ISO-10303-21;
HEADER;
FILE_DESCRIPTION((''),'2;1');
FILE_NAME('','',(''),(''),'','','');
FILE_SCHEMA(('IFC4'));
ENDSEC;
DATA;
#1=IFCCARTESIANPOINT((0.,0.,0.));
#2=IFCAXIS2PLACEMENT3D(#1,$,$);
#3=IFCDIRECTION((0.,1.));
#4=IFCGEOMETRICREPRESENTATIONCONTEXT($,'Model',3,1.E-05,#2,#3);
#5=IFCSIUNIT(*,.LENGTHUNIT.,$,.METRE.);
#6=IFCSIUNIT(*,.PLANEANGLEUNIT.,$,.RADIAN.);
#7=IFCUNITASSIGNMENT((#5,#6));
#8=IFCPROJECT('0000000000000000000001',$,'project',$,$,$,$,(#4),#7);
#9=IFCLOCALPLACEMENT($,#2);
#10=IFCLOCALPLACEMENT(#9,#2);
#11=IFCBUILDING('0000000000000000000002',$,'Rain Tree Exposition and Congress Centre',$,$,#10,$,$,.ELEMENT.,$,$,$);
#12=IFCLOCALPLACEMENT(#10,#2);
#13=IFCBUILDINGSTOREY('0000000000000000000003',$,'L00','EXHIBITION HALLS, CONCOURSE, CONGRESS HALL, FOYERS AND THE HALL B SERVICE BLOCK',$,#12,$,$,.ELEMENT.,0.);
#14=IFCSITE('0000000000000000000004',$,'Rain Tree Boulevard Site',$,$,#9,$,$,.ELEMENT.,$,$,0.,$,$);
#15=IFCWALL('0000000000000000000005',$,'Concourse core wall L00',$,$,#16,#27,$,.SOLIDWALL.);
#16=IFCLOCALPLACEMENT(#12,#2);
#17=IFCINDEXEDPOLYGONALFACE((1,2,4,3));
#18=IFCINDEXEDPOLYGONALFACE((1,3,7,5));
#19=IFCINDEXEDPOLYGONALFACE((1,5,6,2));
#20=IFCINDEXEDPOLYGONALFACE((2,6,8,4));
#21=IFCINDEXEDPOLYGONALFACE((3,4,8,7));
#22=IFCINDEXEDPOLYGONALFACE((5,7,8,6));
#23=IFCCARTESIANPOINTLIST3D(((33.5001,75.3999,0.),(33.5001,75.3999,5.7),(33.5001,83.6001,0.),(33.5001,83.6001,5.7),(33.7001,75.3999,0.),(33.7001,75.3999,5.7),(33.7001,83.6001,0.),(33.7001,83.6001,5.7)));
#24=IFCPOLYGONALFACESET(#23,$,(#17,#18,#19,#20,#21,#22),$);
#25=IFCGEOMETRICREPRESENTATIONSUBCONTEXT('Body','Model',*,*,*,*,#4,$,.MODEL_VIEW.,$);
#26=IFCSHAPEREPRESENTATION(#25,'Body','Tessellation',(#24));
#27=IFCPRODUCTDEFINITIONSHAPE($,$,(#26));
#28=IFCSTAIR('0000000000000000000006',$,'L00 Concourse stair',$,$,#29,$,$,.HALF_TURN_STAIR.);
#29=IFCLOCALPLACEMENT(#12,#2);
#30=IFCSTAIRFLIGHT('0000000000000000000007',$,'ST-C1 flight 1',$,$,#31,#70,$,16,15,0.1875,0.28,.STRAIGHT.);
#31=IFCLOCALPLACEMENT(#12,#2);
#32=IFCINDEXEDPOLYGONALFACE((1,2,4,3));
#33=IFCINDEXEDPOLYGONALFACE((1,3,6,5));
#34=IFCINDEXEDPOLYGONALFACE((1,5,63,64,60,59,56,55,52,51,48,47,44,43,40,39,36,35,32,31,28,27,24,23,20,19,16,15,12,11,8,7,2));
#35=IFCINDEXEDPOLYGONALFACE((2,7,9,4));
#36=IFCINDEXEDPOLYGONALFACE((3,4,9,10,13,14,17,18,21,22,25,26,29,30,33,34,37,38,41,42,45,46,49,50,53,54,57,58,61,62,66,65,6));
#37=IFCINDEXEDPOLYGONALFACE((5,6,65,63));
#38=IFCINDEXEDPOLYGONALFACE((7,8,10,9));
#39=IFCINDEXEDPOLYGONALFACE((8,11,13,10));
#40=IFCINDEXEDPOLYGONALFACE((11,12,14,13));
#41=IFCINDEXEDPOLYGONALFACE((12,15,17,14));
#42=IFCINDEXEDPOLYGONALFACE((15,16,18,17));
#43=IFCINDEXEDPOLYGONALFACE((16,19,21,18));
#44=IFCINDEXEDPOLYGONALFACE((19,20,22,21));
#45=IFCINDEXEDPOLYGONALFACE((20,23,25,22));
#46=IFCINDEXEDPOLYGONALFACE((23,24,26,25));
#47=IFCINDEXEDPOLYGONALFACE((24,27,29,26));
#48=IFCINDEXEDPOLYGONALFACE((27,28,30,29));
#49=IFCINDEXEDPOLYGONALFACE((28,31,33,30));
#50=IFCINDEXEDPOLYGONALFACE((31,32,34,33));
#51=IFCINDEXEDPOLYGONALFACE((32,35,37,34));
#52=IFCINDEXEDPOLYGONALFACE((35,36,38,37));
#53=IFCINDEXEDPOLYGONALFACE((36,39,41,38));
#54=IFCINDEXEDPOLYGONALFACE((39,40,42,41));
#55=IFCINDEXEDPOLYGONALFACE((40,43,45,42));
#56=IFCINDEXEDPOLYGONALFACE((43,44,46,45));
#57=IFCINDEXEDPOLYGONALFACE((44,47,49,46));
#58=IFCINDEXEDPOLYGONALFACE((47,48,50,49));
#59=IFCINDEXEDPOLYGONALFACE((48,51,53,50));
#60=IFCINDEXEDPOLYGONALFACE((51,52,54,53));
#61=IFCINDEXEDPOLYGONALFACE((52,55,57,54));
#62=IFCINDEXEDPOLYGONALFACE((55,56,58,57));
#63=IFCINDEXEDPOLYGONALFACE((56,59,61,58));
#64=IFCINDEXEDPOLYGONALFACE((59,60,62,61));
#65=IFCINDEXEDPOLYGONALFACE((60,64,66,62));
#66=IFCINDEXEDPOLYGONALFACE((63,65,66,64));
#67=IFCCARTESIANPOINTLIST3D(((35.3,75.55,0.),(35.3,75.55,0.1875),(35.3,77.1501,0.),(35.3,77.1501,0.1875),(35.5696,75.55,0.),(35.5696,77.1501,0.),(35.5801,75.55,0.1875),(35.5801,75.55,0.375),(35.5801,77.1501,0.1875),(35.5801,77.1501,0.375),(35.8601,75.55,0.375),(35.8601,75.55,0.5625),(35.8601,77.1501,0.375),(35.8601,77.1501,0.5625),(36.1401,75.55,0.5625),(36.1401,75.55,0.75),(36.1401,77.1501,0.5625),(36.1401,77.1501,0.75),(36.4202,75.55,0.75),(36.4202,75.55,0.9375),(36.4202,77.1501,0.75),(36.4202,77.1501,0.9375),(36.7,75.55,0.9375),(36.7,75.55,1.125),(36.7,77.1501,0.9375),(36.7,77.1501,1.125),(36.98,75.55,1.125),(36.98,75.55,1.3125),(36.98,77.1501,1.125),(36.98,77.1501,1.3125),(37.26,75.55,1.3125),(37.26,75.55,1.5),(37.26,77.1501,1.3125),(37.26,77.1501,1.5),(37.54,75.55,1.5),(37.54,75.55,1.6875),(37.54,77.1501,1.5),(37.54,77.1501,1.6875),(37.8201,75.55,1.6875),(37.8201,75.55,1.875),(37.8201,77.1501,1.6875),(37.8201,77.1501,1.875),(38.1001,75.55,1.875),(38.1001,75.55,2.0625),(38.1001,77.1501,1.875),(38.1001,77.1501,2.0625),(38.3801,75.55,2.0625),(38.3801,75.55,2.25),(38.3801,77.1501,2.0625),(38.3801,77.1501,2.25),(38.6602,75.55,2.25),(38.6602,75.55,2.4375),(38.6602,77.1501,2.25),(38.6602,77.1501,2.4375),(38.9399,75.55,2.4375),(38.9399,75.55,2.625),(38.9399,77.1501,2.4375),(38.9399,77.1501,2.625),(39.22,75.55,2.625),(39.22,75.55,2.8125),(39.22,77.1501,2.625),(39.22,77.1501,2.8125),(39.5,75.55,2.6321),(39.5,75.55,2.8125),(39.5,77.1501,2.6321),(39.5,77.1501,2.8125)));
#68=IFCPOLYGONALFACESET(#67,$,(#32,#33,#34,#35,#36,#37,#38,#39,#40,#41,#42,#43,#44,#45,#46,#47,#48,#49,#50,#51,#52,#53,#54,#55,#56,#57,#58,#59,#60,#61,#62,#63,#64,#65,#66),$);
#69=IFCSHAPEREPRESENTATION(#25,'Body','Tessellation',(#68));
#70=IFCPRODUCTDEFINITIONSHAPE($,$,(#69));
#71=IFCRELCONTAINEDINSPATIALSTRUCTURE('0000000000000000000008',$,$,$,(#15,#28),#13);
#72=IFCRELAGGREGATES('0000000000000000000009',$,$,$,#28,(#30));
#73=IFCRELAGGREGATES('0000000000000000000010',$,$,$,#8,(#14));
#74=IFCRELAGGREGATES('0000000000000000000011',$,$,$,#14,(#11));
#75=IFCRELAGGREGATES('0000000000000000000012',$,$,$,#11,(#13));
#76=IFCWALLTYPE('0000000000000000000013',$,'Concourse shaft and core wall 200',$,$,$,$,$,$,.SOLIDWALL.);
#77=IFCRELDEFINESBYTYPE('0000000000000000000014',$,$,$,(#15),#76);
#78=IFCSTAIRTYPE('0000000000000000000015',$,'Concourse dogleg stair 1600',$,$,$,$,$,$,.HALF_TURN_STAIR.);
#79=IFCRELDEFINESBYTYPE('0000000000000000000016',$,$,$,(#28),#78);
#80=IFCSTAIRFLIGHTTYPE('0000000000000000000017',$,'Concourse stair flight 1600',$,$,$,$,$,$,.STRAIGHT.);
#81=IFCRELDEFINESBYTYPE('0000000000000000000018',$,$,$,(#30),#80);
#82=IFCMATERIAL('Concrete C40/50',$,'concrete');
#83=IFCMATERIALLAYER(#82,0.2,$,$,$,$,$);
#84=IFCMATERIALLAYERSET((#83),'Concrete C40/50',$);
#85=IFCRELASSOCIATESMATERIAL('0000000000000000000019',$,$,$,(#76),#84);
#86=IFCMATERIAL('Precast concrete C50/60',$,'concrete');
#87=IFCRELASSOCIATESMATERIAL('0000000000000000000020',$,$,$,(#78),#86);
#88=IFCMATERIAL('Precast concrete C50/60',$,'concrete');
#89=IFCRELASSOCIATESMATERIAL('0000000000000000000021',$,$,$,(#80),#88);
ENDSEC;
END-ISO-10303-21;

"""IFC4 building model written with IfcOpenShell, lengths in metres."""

from ifc_helpers import new_model, si_unit, direction, frame, frame_2d, origin, place, context, subcontext, project, spatial, polyline, rectangle, outline, extrude, material, layer, layer_set, type_object, element, aggregate, save


model = new_model("IFC4")

# Units and contexts
model_context = context("Model", 3, precision=1e-05, world=origin(), true_north=direction((0.0, 1.0)))
body_context = subcontext(model_context, "Body", "Model", "MODEL_VIEW")
ifc_project = project(units=[si_unit("LENGTHUNIT", "METRE"), si_unit("PLANEANGLEUNIT", "RADIAN")], contexts=[model_context])

# Site, building, storey
site_placement = place(None, origin())
site = spatial("IfcSite", under=ifc_project, at=site_placement, Name="Rain Tree Boulevard Site", CompositionType="ELEMENT", RefElevation=0.0)
building_placement = place(site_placement, origin())
building = spatial("IfcBuilding", under=site, at=building_placement, Name="Rain Tree Exposition and Congress Centre", CompositionType="ELEMENT")
storey_placement = place(building_placement, origin())
storey = spatial("IfcBuildingStorey", under=building, at=storey_placement, Name="L00", Description="EXHIBITION HALLS, CONCOURSE, CONGRESS HALL, FOYERS AND THE HALL B SERVICE BLOCK", CompositionType="ELEMENT", Elevation=0.0)

# Wall
ifc_material_1 = material(Name="Concrete C40/50", Category="concrete")
ifc_layer_1 = layer(ifc_material_1, 0.2)
ifc_layer_set_1 = layer_set([ifc_layer_1], Name="Concrete C40/50")
wall_type_1 = type_object("IfcWallType", Name="Concourse shaft and core wall 200", PredefinedType="SOLIDWALL", material=ifc_layer_set_1)
wall_1_placement = place(storey_placement, frame((33.6001, 75.3999, 0.0), z_axis=(0.0, 0.0, 1.0), x_axis=(0.0, 1.0, 0.0)))
element("IfcWall", 1, at=wall_1_placement, inside=storey, type_object=wall_type_1, Name="Concourse core wall L00", PredefinedType="SOLIDWALL", context=body_context, shape_type="SweptSolid", body=[
    extrude(rectangle(XDim=8.2002, YDim=0.2, at=frame_2d((4.1001, 0.0))), origin(), (0.0, 0.0, 1.0), 5.7),
])

# Stair, stair flight
ifc_material_2 = material(Name="Precast concrete C50/60", Category="concrete")
stair_type = type_object("IfcStairType", Name="Concourse dogleg stair 1600", PredefinedType="HALF_TURN_STAIR", material=ifc_material_2)
stair_placement = place(storey_placement, origin())
stair = element("IfcStair", 2, at=stair_placement, inside=storey, type_object=stair_type, Name="L00 Concourse stair", PredefinedType="HALF_TURN_STAIR")
ifc_material_3 = material(Name="Precast concrete C50/60", Category="concrete")
stair_flight_type = type_object("IfcStairFlightType", Name="Concourse stair flight 1600", PredefinedType="STRAIGHT", material=ifc_material_3)
stair_flight_placement = place(storey_placement, frame((35.3, 76.3501, 0.0), z_axis=(0.0, 0.0, 1.0), x_axis=(1.0, 0.0, 0.0)))
stair_flight = element("IfcStairFlight", 3, at=stair_flight_placement, type_object=stair_flight_type, Name="ST-C1 flight 1", NumberOfRisers=16, NumberOfTreads=15, PredefinedType="STRAIGHT", RiserHeight=0.1875, TreadLength=0.28, context=body_context, shape_type="SweptSolid", body=[
    extrude(outline(polyline([(0.0, 0.0), (0.0, 0.1875), (0.28, 0.1875), (0.28, 0.375), (0.5601, 0.375), (0.5601, 0.5625), (0.8401, 0.5625), (0.8401, 0.75), (1.1201, 0.75), (1.1201, 0.9375), (1.3999, 0.9375), (1.3999, 1.125), (1.6799, 1.125), (1.6799, 1.3125), (1.96, 1.3125), (1.96, 1.5), (2.24, 1.5), (2.24, 1.6875), (2.52, 1.6875), (2.52, 1.875), (2.8, 1.875), (2.8, 2.0625), (3.0801, 2.0625), (3.0801, 2.25), (3.3601, 2.25), (3.3601, 2.4375), (3.6399, 2.4375), (3.6399, 2.625), (3.9199, 2.625), (3.9199, 2.8125), (4.2, 2.8125), (4.2, 3.0), (4.2, 2.6321), (0.2695, 0.0), (0.0, 0.0)])), frame((0.0, 0.8, 0.0), z_axis=(0.0, -1.0, 0.0), x_axis=(1.0, 0.0, 0.0)), (0.0, 0.0, 1.0), 1.6001),
])
aggregate(stair, [stair_flight])

save(model, "model.ifc")
